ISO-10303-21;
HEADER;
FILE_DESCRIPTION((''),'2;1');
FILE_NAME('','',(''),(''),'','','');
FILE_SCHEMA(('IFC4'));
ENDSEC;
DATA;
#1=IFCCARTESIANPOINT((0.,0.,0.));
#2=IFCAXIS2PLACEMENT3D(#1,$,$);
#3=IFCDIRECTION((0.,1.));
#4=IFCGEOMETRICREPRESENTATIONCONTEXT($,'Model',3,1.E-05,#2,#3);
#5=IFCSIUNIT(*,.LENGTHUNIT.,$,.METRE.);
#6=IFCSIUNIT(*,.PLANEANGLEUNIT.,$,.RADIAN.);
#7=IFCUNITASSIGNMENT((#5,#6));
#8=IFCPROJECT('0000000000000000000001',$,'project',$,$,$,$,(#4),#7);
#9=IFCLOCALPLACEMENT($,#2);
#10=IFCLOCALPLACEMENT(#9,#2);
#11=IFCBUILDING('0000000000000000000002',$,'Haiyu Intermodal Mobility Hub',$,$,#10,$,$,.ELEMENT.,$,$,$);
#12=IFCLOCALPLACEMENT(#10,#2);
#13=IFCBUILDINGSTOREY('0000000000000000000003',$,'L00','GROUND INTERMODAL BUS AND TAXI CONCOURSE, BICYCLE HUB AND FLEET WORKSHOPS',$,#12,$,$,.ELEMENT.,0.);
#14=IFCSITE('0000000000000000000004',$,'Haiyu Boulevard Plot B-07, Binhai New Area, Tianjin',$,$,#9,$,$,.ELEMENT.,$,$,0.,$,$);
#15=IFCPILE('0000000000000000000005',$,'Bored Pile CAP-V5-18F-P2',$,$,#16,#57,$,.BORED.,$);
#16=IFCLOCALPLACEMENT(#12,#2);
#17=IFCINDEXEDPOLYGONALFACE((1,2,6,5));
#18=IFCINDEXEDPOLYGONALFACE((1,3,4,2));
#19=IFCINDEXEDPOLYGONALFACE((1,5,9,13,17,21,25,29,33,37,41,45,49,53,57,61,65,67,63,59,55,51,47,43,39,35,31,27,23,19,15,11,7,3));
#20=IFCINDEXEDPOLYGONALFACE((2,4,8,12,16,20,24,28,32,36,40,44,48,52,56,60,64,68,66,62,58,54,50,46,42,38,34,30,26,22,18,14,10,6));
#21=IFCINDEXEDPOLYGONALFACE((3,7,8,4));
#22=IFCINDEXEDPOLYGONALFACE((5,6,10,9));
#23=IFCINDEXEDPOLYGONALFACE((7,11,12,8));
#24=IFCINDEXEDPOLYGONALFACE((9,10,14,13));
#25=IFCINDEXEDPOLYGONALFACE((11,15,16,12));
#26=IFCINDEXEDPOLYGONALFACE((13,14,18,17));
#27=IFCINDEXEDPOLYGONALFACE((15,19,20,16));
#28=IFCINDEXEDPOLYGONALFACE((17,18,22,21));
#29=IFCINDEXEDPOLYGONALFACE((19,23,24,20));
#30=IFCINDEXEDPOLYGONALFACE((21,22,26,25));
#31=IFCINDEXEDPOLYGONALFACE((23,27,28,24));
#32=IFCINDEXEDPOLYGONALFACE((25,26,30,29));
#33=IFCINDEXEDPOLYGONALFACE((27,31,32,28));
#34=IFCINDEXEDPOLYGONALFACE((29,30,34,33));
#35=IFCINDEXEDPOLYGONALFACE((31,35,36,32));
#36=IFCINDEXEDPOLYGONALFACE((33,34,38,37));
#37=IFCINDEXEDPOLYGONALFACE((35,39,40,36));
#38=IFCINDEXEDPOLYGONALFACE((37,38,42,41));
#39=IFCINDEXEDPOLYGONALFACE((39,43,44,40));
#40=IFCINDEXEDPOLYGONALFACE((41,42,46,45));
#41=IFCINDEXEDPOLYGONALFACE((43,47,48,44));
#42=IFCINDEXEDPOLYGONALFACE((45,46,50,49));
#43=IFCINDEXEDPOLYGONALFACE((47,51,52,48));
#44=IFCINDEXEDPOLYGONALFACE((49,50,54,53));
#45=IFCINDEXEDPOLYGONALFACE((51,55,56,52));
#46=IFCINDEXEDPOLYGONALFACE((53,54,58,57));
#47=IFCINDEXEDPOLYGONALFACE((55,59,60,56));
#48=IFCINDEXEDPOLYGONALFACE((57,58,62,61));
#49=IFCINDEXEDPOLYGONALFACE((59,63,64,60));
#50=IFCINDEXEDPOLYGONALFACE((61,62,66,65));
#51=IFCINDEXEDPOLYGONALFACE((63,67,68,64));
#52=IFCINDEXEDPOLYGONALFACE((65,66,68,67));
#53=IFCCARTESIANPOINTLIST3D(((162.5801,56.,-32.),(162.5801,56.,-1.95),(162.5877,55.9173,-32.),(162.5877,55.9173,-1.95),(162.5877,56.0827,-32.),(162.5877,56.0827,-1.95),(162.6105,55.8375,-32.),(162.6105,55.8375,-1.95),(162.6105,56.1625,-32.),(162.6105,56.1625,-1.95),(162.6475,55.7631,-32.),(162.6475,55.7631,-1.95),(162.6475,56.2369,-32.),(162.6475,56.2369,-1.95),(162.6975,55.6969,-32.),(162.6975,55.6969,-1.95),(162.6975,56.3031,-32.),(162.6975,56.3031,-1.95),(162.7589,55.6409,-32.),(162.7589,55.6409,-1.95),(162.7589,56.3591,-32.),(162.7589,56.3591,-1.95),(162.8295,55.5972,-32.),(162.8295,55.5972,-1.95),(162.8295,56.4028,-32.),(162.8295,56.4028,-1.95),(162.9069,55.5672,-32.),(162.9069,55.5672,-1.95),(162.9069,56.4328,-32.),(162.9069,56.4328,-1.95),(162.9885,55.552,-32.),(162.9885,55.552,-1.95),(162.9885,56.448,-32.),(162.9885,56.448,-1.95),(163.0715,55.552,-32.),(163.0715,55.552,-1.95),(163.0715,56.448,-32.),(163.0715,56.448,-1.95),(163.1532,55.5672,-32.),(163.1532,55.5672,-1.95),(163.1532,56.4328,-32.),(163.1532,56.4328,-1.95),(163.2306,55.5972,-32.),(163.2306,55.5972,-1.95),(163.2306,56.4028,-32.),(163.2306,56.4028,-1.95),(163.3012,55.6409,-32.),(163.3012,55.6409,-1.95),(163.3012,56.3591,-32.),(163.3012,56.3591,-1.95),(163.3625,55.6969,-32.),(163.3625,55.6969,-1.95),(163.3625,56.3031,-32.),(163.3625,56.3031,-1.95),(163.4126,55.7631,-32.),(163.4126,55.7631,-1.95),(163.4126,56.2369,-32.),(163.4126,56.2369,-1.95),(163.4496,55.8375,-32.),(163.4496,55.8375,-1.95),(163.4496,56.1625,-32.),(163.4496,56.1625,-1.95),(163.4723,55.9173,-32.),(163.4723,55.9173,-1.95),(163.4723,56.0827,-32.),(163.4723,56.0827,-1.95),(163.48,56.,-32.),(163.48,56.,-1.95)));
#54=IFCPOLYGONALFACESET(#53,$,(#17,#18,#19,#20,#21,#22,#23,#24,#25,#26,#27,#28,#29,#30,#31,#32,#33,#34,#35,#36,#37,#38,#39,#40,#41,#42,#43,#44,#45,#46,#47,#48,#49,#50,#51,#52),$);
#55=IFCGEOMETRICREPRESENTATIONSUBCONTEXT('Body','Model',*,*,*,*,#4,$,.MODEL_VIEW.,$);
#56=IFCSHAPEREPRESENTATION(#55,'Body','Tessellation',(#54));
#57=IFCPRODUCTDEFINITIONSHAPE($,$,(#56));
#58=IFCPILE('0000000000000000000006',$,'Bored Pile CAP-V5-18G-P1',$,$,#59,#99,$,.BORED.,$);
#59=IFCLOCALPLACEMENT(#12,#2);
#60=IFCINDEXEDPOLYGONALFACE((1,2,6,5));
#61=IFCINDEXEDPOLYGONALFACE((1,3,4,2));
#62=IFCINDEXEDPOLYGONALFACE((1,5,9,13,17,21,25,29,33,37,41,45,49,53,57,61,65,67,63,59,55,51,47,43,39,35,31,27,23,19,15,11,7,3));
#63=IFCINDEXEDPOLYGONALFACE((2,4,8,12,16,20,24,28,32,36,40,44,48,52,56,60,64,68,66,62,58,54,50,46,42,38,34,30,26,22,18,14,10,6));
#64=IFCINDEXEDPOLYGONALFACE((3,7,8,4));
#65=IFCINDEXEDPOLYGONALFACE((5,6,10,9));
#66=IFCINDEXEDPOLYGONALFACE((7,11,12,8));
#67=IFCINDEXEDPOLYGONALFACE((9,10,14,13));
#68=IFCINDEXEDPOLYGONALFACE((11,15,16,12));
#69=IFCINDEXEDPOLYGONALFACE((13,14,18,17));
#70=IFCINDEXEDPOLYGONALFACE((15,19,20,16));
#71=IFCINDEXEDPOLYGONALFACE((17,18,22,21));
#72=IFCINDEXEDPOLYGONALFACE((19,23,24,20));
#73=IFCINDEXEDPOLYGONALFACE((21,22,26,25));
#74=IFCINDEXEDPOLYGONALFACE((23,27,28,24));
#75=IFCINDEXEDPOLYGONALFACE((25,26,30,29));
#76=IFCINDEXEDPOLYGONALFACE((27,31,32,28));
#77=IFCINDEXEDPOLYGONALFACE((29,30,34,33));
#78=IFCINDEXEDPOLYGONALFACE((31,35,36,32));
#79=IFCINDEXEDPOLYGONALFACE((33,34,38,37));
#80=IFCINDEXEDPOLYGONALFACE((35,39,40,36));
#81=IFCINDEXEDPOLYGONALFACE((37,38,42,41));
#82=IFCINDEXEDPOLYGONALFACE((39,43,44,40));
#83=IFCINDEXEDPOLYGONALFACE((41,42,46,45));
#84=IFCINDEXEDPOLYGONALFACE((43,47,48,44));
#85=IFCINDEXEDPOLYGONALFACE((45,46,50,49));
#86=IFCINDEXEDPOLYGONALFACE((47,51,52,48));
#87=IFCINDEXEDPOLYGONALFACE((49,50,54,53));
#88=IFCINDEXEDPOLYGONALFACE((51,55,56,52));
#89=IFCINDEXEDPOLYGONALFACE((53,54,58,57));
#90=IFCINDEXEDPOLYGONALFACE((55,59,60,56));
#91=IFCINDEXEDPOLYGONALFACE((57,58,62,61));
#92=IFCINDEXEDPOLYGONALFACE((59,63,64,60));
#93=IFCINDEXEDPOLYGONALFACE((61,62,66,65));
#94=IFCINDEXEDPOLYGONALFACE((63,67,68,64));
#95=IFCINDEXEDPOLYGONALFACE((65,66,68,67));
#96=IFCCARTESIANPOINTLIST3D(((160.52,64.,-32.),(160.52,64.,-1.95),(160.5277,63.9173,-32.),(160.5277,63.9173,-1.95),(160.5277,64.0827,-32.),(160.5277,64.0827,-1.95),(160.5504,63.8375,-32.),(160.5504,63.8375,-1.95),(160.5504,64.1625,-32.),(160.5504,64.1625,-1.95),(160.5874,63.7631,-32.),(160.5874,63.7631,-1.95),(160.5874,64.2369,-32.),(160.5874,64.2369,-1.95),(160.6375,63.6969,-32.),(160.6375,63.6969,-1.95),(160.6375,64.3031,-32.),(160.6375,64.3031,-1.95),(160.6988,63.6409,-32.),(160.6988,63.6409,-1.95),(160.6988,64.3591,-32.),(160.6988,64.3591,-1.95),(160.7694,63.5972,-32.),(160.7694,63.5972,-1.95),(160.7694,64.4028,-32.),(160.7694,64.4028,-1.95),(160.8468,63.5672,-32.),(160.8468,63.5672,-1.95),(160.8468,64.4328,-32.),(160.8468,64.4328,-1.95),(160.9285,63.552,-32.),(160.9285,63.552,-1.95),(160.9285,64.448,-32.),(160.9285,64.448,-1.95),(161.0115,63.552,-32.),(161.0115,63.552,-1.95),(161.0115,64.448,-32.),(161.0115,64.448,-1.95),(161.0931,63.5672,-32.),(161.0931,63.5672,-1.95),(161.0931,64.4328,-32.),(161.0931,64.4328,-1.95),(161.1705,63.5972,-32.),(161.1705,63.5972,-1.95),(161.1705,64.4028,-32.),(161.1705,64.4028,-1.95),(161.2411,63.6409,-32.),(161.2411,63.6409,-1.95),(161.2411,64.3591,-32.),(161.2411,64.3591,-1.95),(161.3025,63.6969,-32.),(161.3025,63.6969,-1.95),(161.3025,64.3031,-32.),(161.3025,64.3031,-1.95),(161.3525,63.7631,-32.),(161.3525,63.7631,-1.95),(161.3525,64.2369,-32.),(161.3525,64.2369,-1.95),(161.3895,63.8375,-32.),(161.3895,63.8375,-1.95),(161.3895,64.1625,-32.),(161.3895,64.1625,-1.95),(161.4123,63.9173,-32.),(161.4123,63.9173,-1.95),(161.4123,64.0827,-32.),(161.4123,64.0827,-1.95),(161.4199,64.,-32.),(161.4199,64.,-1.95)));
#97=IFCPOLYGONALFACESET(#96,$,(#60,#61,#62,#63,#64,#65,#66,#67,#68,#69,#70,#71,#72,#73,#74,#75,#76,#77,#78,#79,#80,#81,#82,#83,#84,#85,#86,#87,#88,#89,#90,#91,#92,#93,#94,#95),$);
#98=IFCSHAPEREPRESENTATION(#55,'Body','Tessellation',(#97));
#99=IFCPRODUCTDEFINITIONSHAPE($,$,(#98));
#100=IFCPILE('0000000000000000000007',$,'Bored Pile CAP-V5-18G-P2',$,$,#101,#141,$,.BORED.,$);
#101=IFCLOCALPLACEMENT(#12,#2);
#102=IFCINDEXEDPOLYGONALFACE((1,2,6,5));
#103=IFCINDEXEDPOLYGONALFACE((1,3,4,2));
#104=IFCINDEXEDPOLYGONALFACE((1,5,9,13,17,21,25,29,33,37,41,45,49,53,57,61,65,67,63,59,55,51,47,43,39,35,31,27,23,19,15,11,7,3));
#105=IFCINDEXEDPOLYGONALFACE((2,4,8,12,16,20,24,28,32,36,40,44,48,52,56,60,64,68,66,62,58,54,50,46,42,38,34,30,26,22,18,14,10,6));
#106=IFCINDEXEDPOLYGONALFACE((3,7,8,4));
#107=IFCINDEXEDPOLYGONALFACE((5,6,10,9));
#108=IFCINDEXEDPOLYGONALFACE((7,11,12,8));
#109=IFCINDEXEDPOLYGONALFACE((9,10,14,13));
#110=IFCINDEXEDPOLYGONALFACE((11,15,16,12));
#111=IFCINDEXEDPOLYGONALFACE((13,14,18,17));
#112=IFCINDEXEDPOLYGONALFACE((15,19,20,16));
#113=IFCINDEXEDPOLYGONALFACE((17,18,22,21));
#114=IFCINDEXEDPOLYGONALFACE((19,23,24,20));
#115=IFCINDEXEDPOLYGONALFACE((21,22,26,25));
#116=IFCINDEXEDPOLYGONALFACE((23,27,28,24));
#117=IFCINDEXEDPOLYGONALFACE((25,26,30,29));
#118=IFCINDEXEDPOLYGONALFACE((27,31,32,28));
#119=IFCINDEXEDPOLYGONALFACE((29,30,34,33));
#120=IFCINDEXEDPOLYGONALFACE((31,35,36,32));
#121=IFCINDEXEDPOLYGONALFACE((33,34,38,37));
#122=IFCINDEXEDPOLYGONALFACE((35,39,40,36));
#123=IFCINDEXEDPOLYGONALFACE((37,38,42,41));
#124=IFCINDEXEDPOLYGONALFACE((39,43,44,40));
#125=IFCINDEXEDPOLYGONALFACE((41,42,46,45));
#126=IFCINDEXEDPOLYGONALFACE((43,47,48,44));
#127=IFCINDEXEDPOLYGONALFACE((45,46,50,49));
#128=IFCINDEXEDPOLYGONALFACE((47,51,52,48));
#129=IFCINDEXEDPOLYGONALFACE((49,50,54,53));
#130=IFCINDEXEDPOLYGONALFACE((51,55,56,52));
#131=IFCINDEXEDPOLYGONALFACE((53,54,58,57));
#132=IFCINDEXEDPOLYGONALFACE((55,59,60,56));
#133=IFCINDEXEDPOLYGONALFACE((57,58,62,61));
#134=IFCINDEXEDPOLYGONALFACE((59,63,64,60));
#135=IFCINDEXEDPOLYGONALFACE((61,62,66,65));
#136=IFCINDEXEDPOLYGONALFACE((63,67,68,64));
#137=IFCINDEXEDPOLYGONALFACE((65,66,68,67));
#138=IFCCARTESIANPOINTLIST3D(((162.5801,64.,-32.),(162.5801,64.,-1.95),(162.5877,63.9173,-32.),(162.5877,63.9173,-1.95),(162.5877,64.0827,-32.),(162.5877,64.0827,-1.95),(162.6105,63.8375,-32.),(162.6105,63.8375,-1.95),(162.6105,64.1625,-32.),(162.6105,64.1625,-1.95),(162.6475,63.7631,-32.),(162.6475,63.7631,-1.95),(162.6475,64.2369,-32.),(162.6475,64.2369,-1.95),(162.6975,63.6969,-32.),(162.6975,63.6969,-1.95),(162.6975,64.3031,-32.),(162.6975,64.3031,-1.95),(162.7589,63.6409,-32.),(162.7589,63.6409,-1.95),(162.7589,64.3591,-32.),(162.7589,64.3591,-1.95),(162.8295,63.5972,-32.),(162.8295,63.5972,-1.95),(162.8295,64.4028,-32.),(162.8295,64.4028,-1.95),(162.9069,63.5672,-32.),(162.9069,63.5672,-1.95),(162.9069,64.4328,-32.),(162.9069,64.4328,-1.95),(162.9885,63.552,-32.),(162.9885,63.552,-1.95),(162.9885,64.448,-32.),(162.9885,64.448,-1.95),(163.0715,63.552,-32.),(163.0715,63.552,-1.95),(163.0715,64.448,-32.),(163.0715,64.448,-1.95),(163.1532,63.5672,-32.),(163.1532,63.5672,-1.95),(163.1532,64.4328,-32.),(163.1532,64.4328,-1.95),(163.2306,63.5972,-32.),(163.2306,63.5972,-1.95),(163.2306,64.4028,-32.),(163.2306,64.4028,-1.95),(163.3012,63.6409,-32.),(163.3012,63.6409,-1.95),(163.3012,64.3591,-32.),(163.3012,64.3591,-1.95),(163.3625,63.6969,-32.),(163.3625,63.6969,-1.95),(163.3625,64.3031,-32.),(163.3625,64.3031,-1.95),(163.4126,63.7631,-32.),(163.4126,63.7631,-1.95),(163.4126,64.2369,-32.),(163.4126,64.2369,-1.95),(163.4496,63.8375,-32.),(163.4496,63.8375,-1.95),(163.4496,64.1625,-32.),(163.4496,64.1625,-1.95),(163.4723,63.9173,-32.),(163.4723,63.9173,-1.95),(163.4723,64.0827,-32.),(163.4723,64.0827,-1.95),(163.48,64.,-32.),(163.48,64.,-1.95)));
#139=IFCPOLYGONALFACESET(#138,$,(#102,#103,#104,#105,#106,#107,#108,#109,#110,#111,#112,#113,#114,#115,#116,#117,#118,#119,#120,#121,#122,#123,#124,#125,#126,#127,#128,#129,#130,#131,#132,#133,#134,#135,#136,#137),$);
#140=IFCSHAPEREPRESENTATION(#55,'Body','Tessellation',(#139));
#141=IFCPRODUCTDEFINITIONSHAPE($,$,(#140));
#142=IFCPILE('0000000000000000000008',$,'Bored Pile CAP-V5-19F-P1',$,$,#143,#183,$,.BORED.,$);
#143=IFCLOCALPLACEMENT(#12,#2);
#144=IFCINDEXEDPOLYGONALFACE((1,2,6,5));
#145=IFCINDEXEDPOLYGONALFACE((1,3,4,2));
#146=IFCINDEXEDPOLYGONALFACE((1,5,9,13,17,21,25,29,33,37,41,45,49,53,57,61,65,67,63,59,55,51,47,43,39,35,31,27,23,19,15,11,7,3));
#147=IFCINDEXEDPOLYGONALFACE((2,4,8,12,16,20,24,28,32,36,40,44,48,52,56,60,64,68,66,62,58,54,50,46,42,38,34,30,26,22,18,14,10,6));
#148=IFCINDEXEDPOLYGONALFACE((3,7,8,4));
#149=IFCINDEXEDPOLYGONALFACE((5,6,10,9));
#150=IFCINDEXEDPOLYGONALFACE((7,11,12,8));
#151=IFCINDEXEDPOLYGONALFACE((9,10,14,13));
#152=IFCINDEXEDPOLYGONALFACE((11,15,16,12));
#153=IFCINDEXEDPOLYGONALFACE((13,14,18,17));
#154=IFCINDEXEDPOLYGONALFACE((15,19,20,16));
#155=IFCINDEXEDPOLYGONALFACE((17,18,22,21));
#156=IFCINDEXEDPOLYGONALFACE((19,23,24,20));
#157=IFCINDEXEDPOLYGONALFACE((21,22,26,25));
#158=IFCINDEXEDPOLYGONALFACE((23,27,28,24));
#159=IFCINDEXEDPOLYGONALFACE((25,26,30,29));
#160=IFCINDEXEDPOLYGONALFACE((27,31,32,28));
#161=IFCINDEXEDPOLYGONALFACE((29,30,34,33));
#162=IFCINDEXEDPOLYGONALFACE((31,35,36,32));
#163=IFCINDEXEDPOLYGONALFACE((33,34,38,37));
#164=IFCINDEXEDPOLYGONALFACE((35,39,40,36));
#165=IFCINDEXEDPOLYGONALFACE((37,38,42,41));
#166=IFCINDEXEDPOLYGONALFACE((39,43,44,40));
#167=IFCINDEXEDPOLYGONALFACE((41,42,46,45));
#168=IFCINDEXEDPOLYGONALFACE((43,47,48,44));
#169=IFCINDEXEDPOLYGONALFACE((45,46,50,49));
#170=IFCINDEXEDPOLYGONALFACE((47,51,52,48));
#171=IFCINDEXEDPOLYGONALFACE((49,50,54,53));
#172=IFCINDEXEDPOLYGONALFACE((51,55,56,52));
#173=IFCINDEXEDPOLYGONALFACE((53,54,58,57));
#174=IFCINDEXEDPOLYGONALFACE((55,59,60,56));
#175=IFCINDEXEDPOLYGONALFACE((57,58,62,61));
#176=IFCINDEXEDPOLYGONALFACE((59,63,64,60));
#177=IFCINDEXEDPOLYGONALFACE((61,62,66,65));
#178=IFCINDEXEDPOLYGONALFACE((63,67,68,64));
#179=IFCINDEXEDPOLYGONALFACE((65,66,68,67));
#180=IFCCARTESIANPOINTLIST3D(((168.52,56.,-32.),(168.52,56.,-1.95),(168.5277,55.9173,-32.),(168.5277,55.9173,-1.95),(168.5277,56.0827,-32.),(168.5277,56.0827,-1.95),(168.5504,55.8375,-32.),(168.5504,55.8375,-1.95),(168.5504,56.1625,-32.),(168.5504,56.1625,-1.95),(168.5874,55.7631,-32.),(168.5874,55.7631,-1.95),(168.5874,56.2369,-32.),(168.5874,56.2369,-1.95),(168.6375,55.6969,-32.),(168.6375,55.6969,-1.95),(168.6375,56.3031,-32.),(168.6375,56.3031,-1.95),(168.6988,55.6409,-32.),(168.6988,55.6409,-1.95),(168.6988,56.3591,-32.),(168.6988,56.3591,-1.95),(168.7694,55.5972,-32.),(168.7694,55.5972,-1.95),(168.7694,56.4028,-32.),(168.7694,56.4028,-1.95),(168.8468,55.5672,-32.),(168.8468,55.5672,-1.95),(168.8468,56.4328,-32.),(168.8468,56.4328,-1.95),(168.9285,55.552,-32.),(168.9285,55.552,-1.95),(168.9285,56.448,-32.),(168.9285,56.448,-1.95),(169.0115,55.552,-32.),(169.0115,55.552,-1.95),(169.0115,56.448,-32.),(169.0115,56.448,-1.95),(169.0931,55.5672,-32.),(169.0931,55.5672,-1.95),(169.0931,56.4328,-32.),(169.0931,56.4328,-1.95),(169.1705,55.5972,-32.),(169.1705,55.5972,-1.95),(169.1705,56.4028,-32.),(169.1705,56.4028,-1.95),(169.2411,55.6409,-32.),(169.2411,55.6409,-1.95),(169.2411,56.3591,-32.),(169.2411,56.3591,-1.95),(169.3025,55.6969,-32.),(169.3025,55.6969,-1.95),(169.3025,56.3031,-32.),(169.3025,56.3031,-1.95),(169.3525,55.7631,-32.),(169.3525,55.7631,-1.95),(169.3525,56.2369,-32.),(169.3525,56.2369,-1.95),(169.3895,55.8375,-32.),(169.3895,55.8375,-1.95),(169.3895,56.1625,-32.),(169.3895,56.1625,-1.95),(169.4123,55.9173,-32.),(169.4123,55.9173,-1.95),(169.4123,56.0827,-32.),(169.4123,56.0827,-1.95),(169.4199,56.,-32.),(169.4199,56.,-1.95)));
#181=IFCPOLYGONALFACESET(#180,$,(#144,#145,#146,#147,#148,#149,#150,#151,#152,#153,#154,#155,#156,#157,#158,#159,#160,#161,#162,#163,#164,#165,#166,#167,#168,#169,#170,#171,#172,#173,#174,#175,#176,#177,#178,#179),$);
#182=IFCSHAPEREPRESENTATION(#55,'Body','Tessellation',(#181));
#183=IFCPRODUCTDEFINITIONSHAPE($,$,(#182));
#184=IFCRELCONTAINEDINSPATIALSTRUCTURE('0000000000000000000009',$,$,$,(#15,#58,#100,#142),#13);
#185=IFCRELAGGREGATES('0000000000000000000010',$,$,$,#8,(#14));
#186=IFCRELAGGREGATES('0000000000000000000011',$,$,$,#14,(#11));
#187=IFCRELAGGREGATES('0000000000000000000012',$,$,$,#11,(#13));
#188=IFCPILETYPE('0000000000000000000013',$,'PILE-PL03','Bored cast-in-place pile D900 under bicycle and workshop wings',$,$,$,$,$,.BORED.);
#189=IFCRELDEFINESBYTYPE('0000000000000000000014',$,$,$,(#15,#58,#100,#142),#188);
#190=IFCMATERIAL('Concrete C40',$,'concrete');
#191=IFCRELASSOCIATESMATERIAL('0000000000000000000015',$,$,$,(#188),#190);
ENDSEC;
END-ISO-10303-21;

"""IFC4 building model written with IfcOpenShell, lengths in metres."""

from ifc_helpers import new_model, si_unit, direction, frame, origin, origin_2d, place, context, subcontext, project, spatial, circle, extrude, material, material_profile, profile_set, type_object, element, save


model = new_model("IFC4")

# Units and contexts
model_context = context("Model", 3, precision=1e-05, world=origin(), true_north=direction((0.0, 1.0)))
body_context = subcontext(model_context, "Body", "Model", "MODEL_VIEW")
ifc_project = project(units=[si_unit("LENGTHUNIT", "METRE"), si_unit("PLANEANGLEUNIT", "RADIAN")], contexts=[model_context])

# Site, building, storey
site_placement = place(None, origin())
site = spatial("IfcSite", under=ifc_project, at=site_placement, Name="Haiyu Boulevard Plot B-07, Binhai New Area, Tianjin", CompositionType="ELEMENT", RefElevation=0.0)
building_placement = place(site_placement, origin())
building = spatial("IfcBuilding", under=site, at=building_placement, Name="Haiyu Intermodal Mobility Hub", CompositionType="ELEMENT")
storey_placement = place(building_placement, origin())
storey = spatial("IfcBuildingStorey", under=building, at=storey_placement, Name="L00", Description="GROUND INTERMODAL BUS AND TAXI CONCOURSE, BICYCLE HUB AND FLEET WORKSHOPS", CompositionType="ELEMENT", Elevation=0.0)

# Shared definitions
ifc_material_1 = material(Name="Concrete C40", Category="concrete")

# Piles
ifc_material_profile_1 = material_profile(ifc_material_1, circle(Radius=0.45, at=origin_2d()), Name="PILE-D900")
ifc_profile_set_1 = profile_set([ifc_material_profile_1], Name="Concrete C40")
pile_type = type_object("IfcPileType", Name="PILE-PL03", Description="Bored cast-in-place pile D900 under bicycle and workshop wings", PredefinedType="BORED", material=ifc_profile_set_1)
for number, where, z_axis, x_axis, name in (
    (1, (163.03, 56.0, -1.95), (0.0, 0.0, -1.0), (1.0, 0.0, 0.0), "Bored Pile CAP-V5-18F-P2"),
    (2, (160.97, 64.0, -1.95), (0.0, 0.0, -1.0), (1.0, 0.0, 0.0), "Bored Pile CAP-V5-18G-P1"),
    (3, (163.03, 64.0, -1.95), (0.0, 0.0, -1.0), (1.0, 0.0, 0.0), "Bored Pile CAP-V5-18G-P2"),
    (4, (168.97, 56.0, -1.95), (0.0, 0.0, -1.0), (1.0, 0.0, 0.0), "Bored Pile CAP-V5-19F-P1"),
):
    element("IfcPile", number, at=place(storey_placement, frame(where, z_axis=z_axis, x_axis=x_axis)), inside=storey, type_object=pile_type, Name=name, PredefinedType="BORED", context=body_context, shape_type="SweptSolid", body=[
        extrude(circle(Radius=0.45, at=origin_2d()), origin(), (0.0, 0.0, 1.0), 30.05),
    ])

save(model, "model.ifc")
